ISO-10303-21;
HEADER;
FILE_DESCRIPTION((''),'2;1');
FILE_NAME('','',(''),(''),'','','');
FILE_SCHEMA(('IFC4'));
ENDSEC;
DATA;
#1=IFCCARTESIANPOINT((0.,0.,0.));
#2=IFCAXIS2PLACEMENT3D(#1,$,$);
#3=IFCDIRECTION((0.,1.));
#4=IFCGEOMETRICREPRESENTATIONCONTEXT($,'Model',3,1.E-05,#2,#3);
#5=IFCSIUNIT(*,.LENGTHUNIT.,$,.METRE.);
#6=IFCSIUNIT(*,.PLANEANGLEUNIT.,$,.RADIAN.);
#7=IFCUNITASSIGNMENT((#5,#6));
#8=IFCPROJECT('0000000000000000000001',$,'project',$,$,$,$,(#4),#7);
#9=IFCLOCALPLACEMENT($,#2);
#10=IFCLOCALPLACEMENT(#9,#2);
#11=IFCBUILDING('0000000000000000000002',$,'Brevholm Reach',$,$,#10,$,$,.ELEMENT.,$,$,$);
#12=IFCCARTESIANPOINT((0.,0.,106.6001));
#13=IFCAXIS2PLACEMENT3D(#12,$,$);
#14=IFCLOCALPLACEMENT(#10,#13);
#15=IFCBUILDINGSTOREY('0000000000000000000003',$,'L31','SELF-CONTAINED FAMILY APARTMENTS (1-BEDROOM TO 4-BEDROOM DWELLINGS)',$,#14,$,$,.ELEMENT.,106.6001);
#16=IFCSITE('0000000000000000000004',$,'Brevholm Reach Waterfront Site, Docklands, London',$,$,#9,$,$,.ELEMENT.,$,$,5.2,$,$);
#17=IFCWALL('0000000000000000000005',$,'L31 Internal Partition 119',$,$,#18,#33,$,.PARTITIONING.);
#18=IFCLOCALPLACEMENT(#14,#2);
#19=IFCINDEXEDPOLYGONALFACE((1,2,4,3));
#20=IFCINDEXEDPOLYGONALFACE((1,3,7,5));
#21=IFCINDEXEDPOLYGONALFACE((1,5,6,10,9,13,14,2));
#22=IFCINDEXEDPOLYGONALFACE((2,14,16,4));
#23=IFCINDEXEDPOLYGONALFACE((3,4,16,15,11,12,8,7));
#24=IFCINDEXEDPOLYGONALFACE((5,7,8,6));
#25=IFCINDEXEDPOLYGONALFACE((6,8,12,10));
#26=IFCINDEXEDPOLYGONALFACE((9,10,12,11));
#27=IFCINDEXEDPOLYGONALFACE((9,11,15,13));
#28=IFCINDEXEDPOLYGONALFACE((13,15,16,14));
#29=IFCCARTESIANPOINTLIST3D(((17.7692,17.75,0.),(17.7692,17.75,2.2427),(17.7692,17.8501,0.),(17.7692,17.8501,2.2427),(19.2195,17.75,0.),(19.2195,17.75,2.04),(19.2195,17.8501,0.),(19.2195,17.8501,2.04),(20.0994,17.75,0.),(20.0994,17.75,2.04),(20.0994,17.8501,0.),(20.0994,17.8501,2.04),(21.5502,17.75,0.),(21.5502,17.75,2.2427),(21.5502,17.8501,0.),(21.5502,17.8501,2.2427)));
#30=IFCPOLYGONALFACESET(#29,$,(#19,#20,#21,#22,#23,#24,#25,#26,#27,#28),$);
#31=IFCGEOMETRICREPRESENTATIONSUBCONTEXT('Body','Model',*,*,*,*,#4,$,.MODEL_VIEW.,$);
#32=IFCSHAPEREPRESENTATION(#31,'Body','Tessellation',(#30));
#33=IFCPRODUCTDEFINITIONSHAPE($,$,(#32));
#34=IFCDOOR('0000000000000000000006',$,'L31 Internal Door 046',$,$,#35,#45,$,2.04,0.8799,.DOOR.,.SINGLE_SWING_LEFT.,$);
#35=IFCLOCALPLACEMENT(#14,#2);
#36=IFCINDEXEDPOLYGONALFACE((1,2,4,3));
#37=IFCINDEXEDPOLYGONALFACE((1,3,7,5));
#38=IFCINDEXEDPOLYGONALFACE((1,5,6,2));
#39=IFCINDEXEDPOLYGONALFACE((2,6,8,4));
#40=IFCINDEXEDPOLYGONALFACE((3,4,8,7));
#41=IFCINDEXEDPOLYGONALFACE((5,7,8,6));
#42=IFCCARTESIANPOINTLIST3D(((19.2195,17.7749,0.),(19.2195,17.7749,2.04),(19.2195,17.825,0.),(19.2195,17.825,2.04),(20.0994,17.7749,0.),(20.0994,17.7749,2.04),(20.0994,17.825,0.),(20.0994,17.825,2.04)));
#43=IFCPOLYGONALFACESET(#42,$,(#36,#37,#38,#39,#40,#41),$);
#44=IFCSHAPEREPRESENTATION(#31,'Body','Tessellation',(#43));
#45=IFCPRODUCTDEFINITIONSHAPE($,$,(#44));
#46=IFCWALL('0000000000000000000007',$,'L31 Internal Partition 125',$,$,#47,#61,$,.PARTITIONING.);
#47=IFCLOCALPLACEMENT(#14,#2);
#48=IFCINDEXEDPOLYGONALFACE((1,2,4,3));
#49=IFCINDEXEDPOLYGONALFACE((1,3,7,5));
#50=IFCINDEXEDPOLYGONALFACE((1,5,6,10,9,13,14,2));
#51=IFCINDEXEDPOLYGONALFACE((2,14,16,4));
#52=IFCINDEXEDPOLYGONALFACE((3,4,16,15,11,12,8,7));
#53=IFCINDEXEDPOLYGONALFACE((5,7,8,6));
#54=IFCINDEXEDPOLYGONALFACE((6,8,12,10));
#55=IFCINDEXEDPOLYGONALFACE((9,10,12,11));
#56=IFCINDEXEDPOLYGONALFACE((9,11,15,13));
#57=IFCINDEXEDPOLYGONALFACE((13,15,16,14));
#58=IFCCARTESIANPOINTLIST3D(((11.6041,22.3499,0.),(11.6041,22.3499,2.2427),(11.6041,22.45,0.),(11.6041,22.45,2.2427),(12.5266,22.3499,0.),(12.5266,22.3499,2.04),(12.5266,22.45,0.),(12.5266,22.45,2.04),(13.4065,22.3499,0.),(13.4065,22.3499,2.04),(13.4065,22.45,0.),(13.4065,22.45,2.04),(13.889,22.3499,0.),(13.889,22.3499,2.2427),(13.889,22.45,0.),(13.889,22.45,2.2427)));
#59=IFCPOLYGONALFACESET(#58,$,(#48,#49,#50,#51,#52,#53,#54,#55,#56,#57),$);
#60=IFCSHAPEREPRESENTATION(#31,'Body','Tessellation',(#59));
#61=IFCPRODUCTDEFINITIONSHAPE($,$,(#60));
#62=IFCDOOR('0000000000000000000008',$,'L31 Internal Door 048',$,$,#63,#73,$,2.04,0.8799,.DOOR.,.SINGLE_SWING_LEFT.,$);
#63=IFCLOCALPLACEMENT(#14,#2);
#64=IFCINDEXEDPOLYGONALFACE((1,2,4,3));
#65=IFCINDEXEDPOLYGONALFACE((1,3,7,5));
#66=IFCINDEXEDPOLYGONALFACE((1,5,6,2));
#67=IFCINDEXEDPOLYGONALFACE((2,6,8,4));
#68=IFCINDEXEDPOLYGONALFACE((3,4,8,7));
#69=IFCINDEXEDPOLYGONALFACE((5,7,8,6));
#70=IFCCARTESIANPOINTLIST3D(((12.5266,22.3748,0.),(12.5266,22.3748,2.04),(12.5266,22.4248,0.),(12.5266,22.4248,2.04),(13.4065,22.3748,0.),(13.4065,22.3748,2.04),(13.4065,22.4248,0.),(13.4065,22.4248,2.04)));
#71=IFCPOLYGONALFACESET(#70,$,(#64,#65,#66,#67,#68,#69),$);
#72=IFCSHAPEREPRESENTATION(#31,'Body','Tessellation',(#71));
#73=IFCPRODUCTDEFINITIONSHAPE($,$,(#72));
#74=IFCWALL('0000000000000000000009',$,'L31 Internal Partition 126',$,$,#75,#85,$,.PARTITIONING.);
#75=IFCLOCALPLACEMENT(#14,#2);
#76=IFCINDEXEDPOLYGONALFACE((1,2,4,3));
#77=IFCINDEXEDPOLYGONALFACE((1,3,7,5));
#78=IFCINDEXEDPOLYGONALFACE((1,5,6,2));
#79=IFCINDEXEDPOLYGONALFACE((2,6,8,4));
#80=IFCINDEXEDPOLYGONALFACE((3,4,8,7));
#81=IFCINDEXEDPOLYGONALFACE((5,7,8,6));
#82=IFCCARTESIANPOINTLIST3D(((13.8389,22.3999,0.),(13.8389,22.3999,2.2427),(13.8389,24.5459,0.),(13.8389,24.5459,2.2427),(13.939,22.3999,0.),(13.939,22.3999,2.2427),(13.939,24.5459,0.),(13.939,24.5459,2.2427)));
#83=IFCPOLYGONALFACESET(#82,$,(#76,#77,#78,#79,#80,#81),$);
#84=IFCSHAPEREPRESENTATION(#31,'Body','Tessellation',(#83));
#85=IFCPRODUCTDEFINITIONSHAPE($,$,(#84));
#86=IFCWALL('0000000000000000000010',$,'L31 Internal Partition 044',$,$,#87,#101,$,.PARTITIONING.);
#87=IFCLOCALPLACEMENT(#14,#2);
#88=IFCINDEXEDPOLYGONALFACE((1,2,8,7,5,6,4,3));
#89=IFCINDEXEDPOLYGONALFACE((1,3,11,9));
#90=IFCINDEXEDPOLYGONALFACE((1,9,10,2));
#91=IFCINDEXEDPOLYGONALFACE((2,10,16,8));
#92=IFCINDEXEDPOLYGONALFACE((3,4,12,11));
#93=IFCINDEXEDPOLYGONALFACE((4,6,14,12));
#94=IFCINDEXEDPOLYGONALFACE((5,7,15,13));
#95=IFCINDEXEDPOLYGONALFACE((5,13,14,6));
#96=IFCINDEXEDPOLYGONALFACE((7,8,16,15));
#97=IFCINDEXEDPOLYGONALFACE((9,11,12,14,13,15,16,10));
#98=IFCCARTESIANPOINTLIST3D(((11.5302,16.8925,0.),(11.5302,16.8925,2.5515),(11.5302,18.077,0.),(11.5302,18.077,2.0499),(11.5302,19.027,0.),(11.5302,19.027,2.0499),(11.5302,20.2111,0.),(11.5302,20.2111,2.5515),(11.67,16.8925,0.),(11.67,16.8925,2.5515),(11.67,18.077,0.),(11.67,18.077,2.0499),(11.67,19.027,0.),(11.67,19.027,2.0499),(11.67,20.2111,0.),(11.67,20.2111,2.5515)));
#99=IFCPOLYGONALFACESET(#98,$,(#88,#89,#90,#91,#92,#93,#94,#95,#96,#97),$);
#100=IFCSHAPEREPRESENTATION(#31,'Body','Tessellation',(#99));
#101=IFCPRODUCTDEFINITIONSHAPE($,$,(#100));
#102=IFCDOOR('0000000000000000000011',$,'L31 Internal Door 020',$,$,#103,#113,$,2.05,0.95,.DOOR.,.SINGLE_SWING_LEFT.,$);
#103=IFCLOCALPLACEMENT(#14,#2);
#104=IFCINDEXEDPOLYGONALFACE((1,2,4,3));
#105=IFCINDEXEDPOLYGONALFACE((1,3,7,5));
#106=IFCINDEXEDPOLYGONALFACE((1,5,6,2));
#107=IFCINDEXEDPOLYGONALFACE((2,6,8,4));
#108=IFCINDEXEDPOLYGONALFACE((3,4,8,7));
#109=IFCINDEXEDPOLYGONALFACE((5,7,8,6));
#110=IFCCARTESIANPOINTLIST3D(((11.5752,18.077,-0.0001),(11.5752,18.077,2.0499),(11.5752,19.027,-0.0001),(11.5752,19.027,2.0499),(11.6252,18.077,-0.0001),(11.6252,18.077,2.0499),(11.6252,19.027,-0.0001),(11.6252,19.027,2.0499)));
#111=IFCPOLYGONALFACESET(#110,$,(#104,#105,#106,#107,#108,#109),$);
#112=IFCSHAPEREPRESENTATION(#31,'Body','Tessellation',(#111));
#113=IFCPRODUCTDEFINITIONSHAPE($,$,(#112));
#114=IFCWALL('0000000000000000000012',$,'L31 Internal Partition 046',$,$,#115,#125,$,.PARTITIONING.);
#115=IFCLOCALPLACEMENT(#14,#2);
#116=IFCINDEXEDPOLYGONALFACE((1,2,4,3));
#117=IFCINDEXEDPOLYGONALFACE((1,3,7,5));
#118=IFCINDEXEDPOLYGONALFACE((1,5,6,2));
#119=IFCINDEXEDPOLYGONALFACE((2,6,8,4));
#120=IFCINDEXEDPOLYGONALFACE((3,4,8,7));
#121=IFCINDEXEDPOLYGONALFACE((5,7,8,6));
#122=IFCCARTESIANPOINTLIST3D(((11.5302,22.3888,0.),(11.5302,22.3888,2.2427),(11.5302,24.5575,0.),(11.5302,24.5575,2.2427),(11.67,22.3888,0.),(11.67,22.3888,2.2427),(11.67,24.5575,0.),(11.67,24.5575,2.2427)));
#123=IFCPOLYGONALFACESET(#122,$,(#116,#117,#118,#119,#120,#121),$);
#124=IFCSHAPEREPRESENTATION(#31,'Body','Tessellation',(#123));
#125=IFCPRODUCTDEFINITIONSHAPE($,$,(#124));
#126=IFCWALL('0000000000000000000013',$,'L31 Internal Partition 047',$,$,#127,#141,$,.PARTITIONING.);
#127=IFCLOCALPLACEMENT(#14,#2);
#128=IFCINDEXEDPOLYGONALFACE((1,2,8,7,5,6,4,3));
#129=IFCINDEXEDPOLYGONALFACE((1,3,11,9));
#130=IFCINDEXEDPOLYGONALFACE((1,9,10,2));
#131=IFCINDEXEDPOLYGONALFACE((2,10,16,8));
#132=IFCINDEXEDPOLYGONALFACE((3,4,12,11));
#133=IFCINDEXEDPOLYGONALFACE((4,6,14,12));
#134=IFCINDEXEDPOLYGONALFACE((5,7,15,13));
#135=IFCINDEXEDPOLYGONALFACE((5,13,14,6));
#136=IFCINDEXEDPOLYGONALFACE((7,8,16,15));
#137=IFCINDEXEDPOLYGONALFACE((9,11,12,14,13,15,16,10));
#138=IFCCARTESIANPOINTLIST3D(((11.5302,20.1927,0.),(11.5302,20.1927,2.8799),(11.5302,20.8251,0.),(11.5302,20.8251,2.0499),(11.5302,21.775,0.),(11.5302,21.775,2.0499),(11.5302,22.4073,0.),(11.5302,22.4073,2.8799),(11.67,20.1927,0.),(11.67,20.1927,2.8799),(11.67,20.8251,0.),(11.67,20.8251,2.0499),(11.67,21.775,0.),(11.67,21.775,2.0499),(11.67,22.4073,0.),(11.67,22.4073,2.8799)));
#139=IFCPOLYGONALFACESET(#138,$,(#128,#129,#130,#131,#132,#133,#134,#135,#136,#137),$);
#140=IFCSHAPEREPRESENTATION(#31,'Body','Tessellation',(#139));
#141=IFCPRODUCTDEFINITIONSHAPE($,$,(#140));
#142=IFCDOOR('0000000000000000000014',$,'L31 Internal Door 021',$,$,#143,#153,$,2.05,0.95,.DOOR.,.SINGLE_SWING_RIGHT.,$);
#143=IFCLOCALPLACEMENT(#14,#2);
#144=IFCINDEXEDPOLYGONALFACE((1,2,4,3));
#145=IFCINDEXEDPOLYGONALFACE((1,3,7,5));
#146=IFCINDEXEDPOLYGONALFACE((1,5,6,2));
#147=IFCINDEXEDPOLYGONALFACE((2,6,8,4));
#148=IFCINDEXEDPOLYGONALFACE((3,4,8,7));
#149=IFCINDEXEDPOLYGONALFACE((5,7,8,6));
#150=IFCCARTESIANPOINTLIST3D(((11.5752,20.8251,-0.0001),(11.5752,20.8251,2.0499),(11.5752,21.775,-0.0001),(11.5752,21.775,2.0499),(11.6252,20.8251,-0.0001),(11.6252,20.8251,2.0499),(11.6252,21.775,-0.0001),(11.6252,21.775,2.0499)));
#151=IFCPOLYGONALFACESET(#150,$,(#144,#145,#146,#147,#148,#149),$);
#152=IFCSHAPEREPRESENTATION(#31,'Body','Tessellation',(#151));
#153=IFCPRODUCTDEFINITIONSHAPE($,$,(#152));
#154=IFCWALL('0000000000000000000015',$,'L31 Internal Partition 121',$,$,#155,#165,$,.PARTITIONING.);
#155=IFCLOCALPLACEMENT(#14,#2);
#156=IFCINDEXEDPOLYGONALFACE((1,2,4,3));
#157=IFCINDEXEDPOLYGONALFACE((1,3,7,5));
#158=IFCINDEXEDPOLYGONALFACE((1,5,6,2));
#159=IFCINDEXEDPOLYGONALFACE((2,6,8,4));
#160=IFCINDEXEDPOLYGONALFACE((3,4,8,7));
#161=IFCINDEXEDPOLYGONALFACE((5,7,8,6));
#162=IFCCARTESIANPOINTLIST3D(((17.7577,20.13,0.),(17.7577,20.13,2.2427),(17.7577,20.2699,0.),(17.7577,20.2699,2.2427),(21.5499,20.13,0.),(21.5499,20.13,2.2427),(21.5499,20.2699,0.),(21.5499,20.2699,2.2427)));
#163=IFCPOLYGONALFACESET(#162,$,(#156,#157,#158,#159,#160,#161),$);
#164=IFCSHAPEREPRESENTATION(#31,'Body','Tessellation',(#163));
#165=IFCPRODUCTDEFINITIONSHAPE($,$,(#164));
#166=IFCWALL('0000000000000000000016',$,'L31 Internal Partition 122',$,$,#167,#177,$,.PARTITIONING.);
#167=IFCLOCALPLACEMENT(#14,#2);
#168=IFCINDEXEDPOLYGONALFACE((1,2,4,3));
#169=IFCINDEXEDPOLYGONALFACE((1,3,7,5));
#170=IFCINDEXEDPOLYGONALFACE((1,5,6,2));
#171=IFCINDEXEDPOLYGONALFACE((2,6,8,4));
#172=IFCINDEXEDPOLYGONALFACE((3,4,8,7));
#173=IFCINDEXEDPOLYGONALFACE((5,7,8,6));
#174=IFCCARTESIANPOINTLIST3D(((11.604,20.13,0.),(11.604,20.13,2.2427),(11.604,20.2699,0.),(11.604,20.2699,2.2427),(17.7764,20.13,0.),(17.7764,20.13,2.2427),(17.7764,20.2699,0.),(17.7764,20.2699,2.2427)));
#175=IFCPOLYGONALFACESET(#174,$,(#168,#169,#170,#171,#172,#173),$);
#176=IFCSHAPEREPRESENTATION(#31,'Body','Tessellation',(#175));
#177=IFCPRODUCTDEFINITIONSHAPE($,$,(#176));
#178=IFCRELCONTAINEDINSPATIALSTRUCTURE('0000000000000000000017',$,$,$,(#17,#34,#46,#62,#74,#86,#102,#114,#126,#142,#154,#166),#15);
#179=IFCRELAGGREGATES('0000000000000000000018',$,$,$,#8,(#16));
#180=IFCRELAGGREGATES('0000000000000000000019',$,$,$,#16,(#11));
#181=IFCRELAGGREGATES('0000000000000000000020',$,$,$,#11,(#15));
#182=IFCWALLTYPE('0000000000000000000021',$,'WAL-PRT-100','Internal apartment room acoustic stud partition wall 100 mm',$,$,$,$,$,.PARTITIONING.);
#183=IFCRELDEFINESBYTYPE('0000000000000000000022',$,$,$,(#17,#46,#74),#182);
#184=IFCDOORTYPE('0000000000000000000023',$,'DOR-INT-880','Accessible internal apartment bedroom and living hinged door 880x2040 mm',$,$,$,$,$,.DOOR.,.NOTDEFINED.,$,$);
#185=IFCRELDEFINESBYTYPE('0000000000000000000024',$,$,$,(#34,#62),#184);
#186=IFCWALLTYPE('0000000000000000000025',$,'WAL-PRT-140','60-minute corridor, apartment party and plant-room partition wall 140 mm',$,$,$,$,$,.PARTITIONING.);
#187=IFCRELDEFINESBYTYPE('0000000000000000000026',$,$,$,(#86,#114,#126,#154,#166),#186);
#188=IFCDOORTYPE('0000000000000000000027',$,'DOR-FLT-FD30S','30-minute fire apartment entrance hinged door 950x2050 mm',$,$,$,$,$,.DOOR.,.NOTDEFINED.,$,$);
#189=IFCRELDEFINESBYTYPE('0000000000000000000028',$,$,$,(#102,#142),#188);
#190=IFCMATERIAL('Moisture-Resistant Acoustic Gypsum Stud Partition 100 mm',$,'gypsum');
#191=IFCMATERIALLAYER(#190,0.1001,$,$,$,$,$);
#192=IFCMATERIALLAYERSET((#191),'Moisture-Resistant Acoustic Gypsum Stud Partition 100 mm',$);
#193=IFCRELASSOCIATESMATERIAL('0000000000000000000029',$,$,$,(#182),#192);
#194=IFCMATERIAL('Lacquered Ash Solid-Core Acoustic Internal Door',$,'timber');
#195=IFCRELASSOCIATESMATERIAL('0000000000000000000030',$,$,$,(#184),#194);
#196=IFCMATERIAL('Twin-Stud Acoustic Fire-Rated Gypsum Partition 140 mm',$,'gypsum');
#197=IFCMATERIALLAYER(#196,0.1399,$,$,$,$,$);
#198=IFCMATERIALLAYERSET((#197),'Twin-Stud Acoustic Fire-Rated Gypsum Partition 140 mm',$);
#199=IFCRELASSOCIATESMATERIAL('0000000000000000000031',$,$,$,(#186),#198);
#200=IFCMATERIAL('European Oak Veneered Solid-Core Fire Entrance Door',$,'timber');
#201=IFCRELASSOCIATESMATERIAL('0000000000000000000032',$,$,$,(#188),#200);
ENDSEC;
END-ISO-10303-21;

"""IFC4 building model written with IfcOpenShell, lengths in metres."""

from ifc_helpers import new_model, si_unit, direction, frame, frame_2d, origin, place, context, subcontext, project, spatial, rectangle, extrude, material, layer, layer_set, type_object, element, fill, save


model = new_model("IFC4")

# Units and contexts
model_context = context("Model", 3, precision=1e-05, world=origin(), true_north=direction((0.0, 1.0)))
body_context = subcontext(model_context, "Body", "Model", "MODEL_VIEW")
ifc_project = project(units=[si_unit("LENGTHUNIT", "METRE"), si_unit("PLANEANGLEUNIT", "RADIAN")], contexts=[model_context])

# Site, building, storey
site_placement = place(None, origin())
site = spatial("IfcSite", under=ifc_project, at=site_placement, Name="Brevholm Reach Waterfront Site, Docklands, London", CompositionType="ELEMENT", RefElevation=5.2)
building_placement = place(site_placement, origin())
building = spatial("IfcBuilding", under=site, at=building_placement, Name="Brevholm Reach", CompositionType="ELEMENT")
storey_placement = place(building_placement, frame((0.0, 0.0, 106.6001)))
storey = spatial("IfcBuildingStorey", under=building, at=storey_placement, Name="L31", Description="SELF-CONTAINED FAMILY APARTMENTS (1-BEDROOM TO 4-BEDROOM DWELLINGS)", CompositionType="ELEMENT", Elevation=106.6001)

# Walls, openings, doors
ifc_material_1 = material(Name="Moisture-Resistant Acoustic Gypsum Stud Partition 100 mm", Category="gypsum")
ifc_layer_1 = layer(ifc_material_1, 0.1001)
ifc_layer_set_1 = layer_set([ifc_layer_1], Name="Moisture-Resistant Acoustic Gypsum Stud Partition 100 mm")
wall_type_1 = type_object("IfcWallType", Name="WAL-PRT-100", Description="Internal apartment room acoustic stud partition wall 100 mm", PredefinedType="PARTITIONING", material=ifc_layer_set_1)
ifc_material_2 = material(Name="Lacquered Ash Solid-Core Acoustic Internal Door", Category="timber")
door_type_1 = type_object("IfcDoorType", Name="DOR-INT-880", Description="Accessible internal apartment bedroom and living hinged door 880x2040 mm", OperationType="NOTDEFINED", PredefinedType="DOOR", material=ifc_material_2)
wall_1_placement = place(storey_placement, frame((17.769, 17.8, 0.0), z_axis=(0.0, 0.0, 1.0), x_axis=(1.0, 0.0, 0.0)))
wall_1 = element("IfcWall", 1, at=wall_1_placement, inside=storey, type_object=wall_type_1, Name="L31 Internal Partition 119", PredefinedType="PARTITIONING", context=body_context, shape_type="SweptSolid", body=[
    extrude(rectangle(XDim=3.781, YDim=0.1001, at=frame_2d((1.8906, 0.0))), origin(), (0.0, 0.0, 1.0), 2.2427),
])
opening_1_placement = place(wall_1_placement, frame((1.4504, 0.0, 0.0)))
opening_1 = element("IfcOpeningElement", 2, at=opening_1_placement, cuts=wall_1, PredefinedType="OPENING", context=body_context, shape_type="SweptSolid", body=[
    extrude(rectangle(XDim=0.8799, YDim=2.04, at=frame_2d((0.4399, 1.02))), frame((0.0, 0.0601, 0.0), z_axis=(0.0, -1.0, 0.0), x_axis=(1.0, 0.0, 0.0)), (0.0, 0.0, 1.0), 0.1201),
])
door_1_placement = place(opening_1_placement, origin())
door_1 = element("IfcDoor", 3, at=door_1_placement, inside=storey, type_object=door_type_1, Name="L31 Internal Door 046", OperationType="SINGLE_SWING_LEFT", OverallHeight=2.04, OverallWidth=0.8799, PredefinedType="DOOR", context=body_context, shape_type="SweptSolid", body=[
    extrude(rectangle(XDim=0.8799, YDim=2.04, at=frame_2d((0.4399, 1.02))), frame((0.0, 0.0249, 0.0), z_axis=(0.0, -1.0, 0.0), x_axis=(1.0, 0.0, 0.0)), (0.0, 0.0, 1.0), 0.05),
])
fill(opening_1, door_1)
wall_2_placement = place(storey_placement, frame((11.604, 22.3999, 0.0), z_axis=(0.0, 0.0, 1.0), x_axis=(1.0, 0.0, 0.0)))
wall_2 = element("IfcWall", 4, at=wall_2_placement, inside=storey, type_object=wall_type_1, Name="L31 Internal Partition 125", PredefinedType="PARTITIONING", context=body_context, shape_type="SweptSolid", body=[
    extrude(rectangle(XDim=2.2849, YDim=0.1001, at=frame_2d((1.1426, 0.0))), origin(), (0.0, 0.0, 1.0), 2.2427),
])
opening_2_placement = place(wall_2_placement, frame((0.9226, 0.0, 0.0)))
opening_2 = element("IfcOpeningElement", 5, at=opening_2_placement, cuts=wall_2, PredefinedType="OPENING", context=body_context, shape_type="SweptSolid", body=[
    extrude(rectangle(XDim=0.8799, YDim=2.04, at=frame_2d((0.4399, 1.02))), frame((0.0, 0.0601, 0.0), z_axis=(0.0, -1.0, 0.0), x_axis=(1.0, 0.0, 0.0)), (0.0, 0.0, 1.0), 0.1201),
])
door_2_placement = place(opening_2_placement, origin())
door_2 = element("IfcDoor", 6, at=door_2_placement, inside=storey, type_object=door_type_1, Name="L31 Internal Door 048", OperationType="SINGLE_SWING_LEFT", OverallHeight=2.04, OverallWidth=0.8799, PredefinedType="DOOR", context=body_context, shape_type="SweptSolid", body=[
    extrude(rectangle(XDim=0.8799, YDim=2.04, at=frame_2d((0.4399, 1.02))), frame((0.0, 0.0249, 0.0), z_axis=(0.0, -1.0, 0.0), x_axis=(1.0, 0.0, 0.0)), (0.0, 0.0, 1.0), 0.05),
])
fill(opening_2, door_2)

# Wall
wall_3_placement = place(storey_placement, frame((13.8889, 22.3999, 0.0), z_axis=(0.0, 0.0, 1.0), x_axis=(0.0, 1.0, 0.0)))
element("IfcWall", 7, at=wall_3_placement, inside=storey, type_object=wall_type_1, Name="L31 Internal Partition 126", PredefinedType="PARTITIONING", context=body_context, shape_type="SweptSolid", body=[
    extrude(rectangle(XDim=2.146, YDim=0.1001, at=frame_2d((1.073, 0.0))), origin(), (0.0, 0.0, 1.0), 2.2427),
])

# Wall, opening, door
ifc_material_3 = material(Name="Twin-Stud Acoustic Fire-Rated Gypsum Partition 140 mm", Category="gypsum")
ifc_layer_2 = layer(ifc_material_3, 0.1399)
ifc_layer_set_2 = layer_set([ifc_layer_2], Name="Twin-Stud Acoustic Fire-Rated Gypsum Partition 140 mm")
wall_type_2 = type_object("IfcWallType", Name="WAL-PRT-140", Description="60-minute corridor, apartment party and plant-room partition wall 140 mm", PredefinedType="PARTITIONING", material=ifc_layer_set_2)
wall_4_placement = place(storey_placement, frame((11.6001, 16.8926, 0.0), z_axis=(0.0, 0.0, 1.0), x_axis=(0.0, 1.0, 0.0)))
wall_4 = element("IfcWall", 8, at=wall_4_placement, inside=storey, type_object=wall_type_2, Name="L31 Internal Partition 044", PredefinedType="PARTITIONING", context=body_context, shape_type="SweptSolid", body=[
    extrude(rectangle(XDim=3.3186, YDim=0.1399, at=frame_2d((1.6592, 0.0))), origin(), (0.0, 0.0, 1.0), 2.5515),
])
opening_3_placement = place(wall_4_placement, frame((1.1843, 0.0, 0.0)))
opening_3 = element("IfcOpeningElement", 9, at=opening_3_placement, cuts=wall_4, PredefinedType="OPENING", context=body_context, shape_type="SweptSolid", body=[
    extrude(rectangle(XDim=0.95, YDim=2.05, at=frame_2d((0.4751, 1.0249))), frame((0.0, 0.0798, 0.0), z_axis=(0.0, -1.0, 0.0), x_axis=(1.0, 0.0, 0.0)), (0.0, 0.0, 1.0), 0.1599),
])
ifc_material_4 = material(Name="European Oak Veneered Solid-Core Fire Entrance Door", Category="timber")
door_type_2 = type_object("IfcDoorType", Name="DOR-FLT-FD30S", Description="30-minute fire apartment entrance hinged door 950x2050 mm", OperationType="NOTDEFINED", PredefinedType="DOOR", material=ifc_material_4)
door_3_placement = place(opening_3_placement, origin())
door_3 = element("IfcDoor", 10, at=door_3_placement, inside=storey, type_object=door_type_2, Name="L31 Internal Door 020", OperationType="SINGLE_SWING_LEFT", OverallHeight=2.05, OverallWidth=0.95, PredefinedType="DOOR", context=body_context, shape_type="SweptSolid", body=[
    extrude(rectangle(XDim=0.95, YDim=2.05, at=frame_2d((0.4751, 1.0249))), frame((0.0, 0.0249, 0.0), z_axis=(0.0, -1.0, 0.0), x_axis=(1.0, 0.0, 0.0)), (0.0, 0.0, 1.0), 0.05),
])
fill(opening_3, door_3)

# Wall
wall_5_placement = place(storey_placement, frame((11.6001, 22.3887, 0.0), z_axis=(0.0, 0.0, 1.0), x_axis=(0.0, 1.0, 0.0)))
element("IfcWall", 11, at=wall_5_placement, inside=storey, type_object=wall_type_2, Name="L31 Internal Partition 046", PredefinedType="PARTITIONING", context=body_context, shape_type="SweptSolid", body=[
    extrude(rectangle(XDim=2.1687, YDim=0.1399, at=frame_2d((1.0845, 0.0))), origin(), (0.0, 0.0, 1.0), 2.2427),
])

# Wall, opening, door
wall_6_placement = place(storey_placement, frame((11.6001, 20.1926, 0.0), z_axis=(0.0, 0.0, 1.0), x_axis=(0.0, 1.0, 0.0)))
wall_6 = element("IfcWall", 12, at=wall_6_placement, inside=storey, type_object=wall_type_2, Name="L31 Internal Partition 047", PredefinedType="PARTITIONING", context=body_context, shape_type="SweptSolid", body=[
    extrude(rectangle(XDim=2.2146, YDim=0.1399, at=frame_2d((1.1074, 0.0))), origin(), (0.0, 0.0, 1.0), 2.8799),
])
opening_4_placement = place(wall_6_placement, frame((0.6323, 0.0, 0.0)))
opening_4 = element("IfcOpeningElement", 13, at=opening_4_placement, cuts=wall_6, PredefinedType="OPENING", context=body_context, shape_type="SweptSolid", body=[
    extrude(rectangle(XDim=0.95, YDim=2.05, at=frame_2d((0.4751, 1.0249))), frame((0.0, 0.0798, 0.0), z_axis=(0.0, -1.0, 0.0), x_axis=(1.0, 0.0, 0.0)), (0.0, 0.0, 1.0), 0.1599),
])
door_4_placement = place(opening_4_placement, origin())
door_4 = element("IfcDoor", 14, at=door_4_placement, inside=storey, type_object=door_type_2, Name="L31 Internal Door 021", OperationType="SINGLE_SWING_RIGHT", OverallHeight=2.05, OverallWidth=0.95, PredefinedType="DOOR", context=body_context, shape_type="SweptSolid", body=[
    extrude(rectangle(XDim=0.95, YDim=2.05, at=frame_2d((0.4751, 1.0249))), frame((0.0, 0.0249, 0.0), z_axis=(0.0, -1.0, 0.0), x_axis=(1.0, 0.0, 0.0)), (0.0, 0.0, 1.0), 0.05),
])
fill(opening_4, door_4)

# Walls
wall_7_placement = place(storey_placement, frame((17.7578, 20.2, 0.0), z_axis=(0.0, 0.0, 1.0), x_axis=(1.0, 0.0, 0.0)))
element("IfcWall", 15, at=wall_7_placement, inside=storey, type_object=wall_type_2, Name="L31 Internal Partition 121", PredefinedType="PARTITIONING", context=body_context, shape_type="SweptSolid", body=[
    extrude(rectangle(XDim=3.7922, YDim=0.1399, at=frame_2d((1.896, 0.0))), origin(), (0.0, 0.0, 1.0), 2.2427),
])
wall_8_placement = place(storey_placement, frame((11.604, 20.2, 0.0), z_axis=(0.0, 0.0, 1.0), x_axis=(1.0, 0.0, 0.0)))
element("IfcWall", 16, at=wall_8_placement, inside=storey, type_object=wall_type_2, Name="L31 Internal Partition 122", PredefinedType="PARTITIONING", context=body_context, shape_type="SweptSolid", body=[
    extrude(rectangle(XDim=6.1724, YDim=0.1399, at=frame_2d((3.0862, 0.0))), origin(), (0.0, 0.0, 1.0), 2.2427),
])

save(model, "model.ifc")
